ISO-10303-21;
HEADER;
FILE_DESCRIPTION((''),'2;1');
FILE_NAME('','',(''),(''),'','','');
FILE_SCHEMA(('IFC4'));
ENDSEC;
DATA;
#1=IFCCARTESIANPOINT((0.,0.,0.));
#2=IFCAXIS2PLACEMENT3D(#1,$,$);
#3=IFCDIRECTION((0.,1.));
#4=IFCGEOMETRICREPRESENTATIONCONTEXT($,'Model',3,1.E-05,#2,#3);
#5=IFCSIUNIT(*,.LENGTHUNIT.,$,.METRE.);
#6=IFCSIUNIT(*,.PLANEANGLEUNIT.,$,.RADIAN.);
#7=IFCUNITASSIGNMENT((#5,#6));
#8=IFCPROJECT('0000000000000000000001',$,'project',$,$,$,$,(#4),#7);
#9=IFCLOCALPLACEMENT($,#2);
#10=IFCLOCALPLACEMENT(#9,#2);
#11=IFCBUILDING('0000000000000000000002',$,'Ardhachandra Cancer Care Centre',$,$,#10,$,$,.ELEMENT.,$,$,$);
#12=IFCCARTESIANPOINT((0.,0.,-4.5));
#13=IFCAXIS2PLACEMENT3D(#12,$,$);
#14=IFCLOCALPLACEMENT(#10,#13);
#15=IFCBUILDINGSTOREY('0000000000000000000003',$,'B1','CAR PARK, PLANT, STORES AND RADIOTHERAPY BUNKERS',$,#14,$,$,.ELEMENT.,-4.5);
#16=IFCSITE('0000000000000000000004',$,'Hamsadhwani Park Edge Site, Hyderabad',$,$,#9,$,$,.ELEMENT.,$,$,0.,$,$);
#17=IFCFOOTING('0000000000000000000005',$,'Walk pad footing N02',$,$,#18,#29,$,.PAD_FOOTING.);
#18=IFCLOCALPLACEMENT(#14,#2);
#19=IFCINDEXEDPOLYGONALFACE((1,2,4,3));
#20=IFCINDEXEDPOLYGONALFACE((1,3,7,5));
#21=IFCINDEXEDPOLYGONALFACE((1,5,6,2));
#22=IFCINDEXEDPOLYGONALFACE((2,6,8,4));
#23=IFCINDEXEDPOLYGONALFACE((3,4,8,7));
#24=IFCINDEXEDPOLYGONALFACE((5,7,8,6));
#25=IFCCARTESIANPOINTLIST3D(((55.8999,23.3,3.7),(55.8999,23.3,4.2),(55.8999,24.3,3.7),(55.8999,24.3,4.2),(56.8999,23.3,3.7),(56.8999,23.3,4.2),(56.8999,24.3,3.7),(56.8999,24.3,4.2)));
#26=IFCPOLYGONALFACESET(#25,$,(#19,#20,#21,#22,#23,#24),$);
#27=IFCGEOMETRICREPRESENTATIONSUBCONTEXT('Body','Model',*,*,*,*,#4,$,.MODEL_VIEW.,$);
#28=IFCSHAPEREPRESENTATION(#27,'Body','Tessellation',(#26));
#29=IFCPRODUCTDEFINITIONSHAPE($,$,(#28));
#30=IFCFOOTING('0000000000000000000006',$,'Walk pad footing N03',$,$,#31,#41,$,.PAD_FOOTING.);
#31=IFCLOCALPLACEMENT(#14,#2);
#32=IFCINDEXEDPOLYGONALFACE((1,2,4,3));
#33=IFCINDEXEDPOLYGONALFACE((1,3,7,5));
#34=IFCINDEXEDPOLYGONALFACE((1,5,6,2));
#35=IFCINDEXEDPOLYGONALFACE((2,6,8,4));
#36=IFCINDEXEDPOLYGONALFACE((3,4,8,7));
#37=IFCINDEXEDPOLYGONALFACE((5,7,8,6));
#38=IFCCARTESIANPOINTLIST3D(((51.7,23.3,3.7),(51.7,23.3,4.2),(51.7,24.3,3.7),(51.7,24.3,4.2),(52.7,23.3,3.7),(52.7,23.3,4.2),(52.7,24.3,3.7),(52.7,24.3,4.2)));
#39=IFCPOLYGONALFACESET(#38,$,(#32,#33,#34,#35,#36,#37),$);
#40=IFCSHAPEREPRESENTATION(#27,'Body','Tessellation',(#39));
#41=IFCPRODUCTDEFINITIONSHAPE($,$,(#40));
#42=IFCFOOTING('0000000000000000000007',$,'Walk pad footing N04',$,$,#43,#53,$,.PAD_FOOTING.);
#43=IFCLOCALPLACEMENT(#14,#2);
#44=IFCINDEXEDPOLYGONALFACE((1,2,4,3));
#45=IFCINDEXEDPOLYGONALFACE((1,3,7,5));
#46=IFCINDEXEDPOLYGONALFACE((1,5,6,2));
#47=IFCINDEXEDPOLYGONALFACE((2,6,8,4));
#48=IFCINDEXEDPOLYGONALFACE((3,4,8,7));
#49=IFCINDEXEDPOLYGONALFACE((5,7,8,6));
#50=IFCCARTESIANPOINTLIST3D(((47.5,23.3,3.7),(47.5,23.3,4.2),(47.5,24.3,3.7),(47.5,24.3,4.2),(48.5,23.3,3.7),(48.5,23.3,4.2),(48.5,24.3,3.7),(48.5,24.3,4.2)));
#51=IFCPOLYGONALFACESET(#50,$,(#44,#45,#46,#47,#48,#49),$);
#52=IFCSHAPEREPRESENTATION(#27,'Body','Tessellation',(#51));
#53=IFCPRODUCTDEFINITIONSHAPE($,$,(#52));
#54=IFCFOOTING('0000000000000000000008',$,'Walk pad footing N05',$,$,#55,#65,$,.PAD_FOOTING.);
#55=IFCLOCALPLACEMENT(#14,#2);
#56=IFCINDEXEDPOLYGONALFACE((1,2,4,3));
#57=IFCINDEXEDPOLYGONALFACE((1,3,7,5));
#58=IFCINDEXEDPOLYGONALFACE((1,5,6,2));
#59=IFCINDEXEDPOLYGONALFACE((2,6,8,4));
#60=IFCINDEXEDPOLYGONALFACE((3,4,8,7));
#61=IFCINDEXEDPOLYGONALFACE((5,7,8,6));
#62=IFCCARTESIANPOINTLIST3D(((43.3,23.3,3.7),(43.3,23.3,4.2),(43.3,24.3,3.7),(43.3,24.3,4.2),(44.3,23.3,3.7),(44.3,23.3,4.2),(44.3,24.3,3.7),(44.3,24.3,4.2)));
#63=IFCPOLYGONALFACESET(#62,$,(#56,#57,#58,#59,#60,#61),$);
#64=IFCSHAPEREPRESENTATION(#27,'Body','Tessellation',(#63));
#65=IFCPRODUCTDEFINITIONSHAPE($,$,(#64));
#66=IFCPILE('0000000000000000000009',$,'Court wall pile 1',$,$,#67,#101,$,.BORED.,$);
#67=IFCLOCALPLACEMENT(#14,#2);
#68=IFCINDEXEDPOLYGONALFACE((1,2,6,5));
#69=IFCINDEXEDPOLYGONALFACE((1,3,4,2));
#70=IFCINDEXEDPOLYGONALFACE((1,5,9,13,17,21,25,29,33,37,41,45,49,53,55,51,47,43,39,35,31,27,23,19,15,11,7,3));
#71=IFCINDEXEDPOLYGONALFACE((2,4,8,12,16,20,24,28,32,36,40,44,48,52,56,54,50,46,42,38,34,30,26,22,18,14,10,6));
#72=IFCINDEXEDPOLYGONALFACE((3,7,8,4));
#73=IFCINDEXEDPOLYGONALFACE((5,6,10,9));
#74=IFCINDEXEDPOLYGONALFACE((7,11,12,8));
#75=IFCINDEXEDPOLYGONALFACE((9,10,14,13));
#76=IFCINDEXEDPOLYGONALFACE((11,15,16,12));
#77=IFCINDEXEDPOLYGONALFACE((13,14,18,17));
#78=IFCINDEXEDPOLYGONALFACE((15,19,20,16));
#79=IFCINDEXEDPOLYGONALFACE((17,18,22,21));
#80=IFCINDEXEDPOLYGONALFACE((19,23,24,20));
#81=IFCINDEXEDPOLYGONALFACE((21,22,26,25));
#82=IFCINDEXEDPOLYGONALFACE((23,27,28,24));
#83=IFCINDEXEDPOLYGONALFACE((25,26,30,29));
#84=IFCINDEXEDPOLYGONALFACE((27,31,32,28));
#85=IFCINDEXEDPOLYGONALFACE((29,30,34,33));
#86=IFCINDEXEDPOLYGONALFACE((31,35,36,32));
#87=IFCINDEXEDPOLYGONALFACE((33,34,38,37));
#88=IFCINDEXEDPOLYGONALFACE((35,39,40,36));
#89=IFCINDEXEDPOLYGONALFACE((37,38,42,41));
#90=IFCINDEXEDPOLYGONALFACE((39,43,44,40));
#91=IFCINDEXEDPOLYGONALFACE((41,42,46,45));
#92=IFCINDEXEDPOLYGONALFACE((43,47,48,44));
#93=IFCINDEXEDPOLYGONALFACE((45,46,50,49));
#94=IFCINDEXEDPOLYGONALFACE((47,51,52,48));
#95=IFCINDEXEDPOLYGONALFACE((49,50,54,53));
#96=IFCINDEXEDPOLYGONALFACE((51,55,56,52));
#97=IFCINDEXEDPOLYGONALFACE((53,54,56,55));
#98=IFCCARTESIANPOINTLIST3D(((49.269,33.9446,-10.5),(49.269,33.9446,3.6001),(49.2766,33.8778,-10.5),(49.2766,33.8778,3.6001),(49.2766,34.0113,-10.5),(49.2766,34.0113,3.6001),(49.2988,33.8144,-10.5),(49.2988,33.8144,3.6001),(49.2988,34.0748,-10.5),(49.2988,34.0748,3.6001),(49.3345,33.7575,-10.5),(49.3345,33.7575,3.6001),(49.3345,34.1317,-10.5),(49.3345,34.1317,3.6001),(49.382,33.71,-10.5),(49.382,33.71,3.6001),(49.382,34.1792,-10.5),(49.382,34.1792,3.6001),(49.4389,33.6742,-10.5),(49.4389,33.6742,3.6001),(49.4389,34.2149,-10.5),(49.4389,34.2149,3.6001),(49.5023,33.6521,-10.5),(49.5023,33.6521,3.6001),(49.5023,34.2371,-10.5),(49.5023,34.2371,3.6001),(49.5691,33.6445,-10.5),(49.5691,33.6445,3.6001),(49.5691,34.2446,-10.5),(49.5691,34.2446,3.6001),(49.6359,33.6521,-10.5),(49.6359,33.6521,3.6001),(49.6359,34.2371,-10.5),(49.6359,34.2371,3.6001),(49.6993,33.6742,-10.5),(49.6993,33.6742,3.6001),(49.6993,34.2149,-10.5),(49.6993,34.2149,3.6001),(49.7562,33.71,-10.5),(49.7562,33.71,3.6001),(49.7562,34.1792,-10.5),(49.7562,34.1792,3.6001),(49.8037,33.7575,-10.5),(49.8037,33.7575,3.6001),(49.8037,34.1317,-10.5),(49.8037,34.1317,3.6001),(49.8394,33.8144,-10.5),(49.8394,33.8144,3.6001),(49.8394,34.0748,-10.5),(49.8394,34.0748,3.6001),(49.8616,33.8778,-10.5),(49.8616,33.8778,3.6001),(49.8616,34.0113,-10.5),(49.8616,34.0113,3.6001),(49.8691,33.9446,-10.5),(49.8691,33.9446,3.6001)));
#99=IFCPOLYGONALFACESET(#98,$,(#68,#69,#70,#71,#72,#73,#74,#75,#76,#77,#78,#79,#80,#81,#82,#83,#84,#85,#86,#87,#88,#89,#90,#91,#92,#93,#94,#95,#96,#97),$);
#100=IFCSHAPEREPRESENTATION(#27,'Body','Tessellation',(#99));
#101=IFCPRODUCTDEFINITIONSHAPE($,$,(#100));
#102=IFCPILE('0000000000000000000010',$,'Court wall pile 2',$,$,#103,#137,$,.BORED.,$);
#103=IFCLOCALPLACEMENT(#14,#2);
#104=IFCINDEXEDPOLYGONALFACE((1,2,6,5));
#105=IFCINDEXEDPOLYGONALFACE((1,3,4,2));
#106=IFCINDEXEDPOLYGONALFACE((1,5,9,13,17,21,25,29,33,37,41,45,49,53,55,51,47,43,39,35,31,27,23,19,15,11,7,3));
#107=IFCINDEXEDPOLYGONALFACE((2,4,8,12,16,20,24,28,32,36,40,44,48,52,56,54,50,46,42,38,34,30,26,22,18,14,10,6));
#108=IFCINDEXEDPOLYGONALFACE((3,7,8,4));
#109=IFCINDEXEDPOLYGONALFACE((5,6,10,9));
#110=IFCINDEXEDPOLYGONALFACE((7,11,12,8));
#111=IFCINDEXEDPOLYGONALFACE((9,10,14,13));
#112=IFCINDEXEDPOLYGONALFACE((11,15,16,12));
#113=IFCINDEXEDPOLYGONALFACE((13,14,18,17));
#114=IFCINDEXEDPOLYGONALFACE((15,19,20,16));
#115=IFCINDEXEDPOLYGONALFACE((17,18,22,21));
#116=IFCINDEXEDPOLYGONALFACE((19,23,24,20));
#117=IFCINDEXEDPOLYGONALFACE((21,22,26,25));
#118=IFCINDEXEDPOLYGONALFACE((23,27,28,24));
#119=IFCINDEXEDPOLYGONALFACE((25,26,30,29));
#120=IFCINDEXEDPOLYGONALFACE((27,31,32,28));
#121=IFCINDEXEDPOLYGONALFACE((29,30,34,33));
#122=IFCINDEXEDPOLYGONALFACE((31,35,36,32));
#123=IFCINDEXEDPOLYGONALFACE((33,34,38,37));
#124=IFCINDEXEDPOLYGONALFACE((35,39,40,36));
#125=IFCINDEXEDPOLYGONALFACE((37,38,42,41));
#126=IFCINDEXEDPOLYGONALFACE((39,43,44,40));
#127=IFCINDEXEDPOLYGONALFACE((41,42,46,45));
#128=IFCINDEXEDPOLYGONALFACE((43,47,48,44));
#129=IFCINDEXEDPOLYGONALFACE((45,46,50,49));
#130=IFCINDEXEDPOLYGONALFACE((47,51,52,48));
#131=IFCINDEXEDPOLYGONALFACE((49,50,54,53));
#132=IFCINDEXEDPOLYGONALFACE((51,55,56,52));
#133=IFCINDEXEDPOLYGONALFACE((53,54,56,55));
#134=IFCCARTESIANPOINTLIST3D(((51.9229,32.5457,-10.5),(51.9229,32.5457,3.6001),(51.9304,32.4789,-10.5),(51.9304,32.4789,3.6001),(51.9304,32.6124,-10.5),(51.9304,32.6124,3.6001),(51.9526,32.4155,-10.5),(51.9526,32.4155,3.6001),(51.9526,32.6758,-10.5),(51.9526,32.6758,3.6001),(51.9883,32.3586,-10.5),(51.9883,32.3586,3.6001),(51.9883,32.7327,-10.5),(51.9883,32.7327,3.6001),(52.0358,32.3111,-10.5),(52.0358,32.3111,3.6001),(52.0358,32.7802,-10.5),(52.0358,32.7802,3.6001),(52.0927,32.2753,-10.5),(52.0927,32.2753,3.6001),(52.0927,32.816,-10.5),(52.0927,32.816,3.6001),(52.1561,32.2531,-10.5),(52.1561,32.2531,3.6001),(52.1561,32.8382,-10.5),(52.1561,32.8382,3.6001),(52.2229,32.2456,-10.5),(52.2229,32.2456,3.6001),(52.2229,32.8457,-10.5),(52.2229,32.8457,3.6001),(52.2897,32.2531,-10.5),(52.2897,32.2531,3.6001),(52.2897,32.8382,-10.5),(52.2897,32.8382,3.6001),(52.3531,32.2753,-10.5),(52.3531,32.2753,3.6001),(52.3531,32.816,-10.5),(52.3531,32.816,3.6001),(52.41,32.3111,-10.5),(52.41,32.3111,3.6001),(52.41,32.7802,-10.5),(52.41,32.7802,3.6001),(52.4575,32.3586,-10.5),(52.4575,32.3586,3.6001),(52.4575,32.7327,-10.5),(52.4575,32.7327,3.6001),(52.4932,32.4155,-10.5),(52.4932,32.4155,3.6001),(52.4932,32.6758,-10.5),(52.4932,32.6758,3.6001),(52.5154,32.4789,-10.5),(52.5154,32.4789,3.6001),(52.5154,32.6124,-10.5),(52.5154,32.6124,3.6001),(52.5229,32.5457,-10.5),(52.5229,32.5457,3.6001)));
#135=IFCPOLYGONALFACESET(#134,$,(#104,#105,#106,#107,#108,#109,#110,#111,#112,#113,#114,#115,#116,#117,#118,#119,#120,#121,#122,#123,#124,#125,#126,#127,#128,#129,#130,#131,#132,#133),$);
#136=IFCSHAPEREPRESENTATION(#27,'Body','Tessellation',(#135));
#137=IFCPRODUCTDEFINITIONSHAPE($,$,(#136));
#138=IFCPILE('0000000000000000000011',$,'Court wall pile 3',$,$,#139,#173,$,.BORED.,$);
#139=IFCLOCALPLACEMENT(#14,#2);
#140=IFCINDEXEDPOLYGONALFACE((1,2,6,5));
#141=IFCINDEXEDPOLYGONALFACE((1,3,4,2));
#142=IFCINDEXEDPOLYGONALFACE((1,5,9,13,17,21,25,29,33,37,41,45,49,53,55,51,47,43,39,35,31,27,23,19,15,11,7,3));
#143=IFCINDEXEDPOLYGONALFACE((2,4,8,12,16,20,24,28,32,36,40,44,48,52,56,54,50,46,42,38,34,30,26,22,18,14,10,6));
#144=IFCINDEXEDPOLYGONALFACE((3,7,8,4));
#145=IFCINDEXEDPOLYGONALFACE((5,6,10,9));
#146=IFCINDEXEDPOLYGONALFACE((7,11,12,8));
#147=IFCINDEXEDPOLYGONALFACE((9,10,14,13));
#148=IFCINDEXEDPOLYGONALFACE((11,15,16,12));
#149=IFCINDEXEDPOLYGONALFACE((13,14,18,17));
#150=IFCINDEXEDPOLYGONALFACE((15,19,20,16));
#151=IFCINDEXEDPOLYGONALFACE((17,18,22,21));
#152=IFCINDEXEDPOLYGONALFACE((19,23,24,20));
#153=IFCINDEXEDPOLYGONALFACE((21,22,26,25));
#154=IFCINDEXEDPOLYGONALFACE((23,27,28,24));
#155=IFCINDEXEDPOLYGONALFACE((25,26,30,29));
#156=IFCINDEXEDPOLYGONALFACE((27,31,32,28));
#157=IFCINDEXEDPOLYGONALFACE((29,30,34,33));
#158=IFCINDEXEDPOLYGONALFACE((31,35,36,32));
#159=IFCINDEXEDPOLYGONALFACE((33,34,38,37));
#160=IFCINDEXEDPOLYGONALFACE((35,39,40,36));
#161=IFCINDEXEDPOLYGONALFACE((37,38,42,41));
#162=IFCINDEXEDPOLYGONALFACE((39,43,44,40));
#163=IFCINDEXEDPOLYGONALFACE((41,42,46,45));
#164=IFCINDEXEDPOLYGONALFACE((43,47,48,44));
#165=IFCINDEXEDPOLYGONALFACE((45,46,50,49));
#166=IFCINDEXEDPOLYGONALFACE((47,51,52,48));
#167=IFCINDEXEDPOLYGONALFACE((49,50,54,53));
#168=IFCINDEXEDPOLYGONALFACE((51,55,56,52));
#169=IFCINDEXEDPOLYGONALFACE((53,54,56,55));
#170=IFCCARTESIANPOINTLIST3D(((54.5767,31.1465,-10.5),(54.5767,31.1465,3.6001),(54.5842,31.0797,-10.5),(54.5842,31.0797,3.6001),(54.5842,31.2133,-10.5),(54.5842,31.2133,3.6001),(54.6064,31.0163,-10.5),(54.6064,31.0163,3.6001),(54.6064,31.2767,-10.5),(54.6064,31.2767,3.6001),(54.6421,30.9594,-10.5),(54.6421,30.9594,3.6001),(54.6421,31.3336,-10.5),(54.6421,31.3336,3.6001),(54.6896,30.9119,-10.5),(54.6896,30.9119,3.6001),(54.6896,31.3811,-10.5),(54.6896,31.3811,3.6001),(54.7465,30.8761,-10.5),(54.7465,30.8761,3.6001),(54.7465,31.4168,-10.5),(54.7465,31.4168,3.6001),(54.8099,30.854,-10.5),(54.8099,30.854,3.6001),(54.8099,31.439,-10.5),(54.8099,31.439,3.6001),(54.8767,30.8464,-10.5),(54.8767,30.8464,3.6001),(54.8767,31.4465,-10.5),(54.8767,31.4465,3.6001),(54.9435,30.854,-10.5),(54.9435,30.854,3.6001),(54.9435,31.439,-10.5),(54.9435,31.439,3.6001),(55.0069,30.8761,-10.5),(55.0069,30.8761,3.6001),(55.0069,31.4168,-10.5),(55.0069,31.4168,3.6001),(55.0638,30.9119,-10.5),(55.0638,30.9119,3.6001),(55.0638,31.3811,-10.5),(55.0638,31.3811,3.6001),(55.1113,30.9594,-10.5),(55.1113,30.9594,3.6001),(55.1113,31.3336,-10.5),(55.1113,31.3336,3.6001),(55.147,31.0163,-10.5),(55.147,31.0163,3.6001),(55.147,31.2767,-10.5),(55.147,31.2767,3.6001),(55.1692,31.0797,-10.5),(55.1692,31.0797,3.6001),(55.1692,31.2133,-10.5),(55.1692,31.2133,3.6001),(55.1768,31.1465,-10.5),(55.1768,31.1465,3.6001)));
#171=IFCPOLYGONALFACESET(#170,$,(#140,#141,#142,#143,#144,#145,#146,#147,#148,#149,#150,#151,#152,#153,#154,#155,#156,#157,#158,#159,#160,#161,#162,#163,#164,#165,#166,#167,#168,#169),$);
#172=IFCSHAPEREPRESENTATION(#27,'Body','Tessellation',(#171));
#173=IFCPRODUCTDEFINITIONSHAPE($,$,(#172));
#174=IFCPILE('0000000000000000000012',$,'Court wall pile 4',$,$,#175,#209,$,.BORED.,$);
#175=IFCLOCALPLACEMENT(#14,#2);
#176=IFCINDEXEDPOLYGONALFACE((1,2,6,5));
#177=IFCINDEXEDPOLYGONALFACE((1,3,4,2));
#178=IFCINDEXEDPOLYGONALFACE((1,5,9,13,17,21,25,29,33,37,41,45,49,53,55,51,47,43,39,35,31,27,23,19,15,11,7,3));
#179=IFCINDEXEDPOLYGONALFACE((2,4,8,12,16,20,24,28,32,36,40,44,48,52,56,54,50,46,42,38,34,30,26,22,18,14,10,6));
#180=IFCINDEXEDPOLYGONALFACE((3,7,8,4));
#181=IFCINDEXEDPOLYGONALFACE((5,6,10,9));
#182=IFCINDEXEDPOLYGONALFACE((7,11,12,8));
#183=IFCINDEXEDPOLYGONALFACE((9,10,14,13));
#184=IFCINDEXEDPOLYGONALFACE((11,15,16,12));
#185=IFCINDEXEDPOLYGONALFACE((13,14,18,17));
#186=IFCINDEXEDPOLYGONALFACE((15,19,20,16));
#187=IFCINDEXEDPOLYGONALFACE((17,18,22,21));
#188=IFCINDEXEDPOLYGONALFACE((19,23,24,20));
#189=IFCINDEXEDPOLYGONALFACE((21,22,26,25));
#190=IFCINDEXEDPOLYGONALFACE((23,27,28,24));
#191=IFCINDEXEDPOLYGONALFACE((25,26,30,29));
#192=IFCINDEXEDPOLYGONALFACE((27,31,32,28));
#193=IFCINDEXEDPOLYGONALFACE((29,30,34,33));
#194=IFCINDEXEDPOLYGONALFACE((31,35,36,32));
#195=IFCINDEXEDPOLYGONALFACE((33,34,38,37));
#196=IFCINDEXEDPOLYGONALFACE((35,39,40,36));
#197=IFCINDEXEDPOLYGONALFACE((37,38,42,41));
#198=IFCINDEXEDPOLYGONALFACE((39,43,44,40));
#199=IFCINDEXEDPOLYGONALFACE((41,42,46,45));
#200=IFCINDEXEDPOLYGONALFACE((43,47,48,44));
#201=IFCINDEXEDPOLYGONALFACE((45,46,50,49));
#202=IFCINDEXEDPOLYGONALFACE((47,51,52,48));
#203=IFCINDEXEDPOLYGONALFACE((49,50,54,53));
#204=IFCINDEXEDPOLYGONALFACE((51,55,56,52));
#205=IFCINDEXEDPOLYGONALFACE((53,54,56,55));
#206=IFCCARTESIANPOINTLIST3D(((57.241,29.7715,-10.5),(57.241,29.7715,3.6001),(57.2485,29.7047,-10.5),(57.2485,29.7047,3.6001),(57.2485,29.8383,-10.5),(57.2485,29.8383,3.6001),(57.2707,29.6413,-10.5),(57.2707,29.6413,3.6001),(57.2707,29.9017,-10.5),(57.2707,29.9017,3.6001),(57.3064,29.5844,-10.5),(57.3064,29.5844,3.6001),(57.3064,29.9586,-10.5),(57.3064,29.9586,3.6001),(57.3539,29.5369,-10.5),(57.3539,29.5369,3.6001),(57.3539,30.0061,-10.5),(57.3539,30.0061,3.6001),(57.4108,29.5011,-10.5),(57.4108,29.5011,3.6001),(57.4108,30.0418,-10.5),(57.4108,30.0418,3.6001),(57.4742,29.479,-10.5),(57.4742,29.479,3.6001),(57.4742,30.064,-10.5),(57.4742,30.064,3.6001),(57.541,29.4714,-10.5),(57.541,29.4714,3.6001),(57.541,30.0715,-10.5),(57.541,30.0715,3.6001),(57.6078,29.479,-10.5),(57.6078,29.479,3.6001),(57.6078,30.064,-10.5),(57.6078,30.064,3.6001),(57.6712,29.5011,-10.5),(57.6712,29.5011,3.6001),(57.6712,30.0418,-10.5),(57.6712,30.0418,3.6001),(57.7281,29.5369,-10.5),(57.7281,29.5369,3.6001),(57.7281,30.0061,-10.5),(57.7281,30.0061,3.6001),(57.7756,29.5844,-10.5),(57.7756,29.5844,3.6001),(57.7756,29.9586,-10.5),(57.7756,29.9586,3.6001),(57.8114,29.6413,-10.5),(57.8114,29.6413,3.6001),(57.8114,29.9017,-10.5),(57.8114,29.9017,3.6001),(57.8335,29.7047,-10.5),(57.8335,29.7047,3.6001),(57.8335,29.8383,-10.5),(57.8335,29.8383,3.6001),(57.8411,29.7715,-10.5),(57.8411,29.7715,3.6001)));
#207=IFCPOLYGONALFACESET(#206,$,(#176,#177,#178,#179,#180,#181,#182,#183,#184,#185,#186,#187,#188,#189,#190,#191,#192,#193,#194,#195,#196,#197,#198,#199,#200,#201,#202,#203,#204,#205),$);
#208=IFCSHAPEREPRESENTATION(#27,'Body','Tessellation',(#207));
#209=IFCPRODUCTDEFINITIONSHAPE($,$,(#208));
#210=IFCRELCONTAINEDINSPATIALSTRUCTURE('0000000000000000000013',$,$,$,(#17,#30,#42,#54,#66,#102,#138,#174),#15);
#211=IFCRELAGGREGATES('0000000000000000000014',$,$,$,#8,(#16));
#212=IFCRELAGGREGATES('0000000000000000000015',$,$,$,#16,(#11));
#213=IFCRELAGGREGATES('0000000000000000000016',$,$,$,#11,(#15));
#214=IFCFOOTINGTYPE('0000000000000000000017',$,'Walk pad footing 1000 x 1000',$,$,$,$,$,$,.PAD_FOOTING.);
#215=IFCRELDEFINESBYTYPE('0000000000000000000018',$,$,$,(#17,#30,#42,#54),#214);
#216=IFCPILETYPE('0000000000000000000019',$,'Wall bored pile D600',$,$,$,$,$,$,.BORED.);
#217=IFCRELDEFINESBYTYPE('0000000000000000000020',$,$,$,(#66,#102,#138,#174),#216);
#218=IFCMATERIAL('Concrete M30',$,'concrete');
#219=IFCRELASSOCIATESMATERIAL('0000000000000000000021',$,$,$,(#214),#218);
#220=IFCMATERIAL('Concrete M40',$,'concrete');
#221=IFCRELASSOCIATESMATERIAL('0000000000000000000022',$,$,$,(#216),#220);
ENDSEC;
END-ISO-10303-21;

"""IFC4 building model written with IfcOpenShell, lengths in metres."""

from ifc_helpers import new_model, si_unit, direction, frame, origin, origin_2d, place, context, subcontext, project, spatial, rectangle, circle, extrude, material, material_profile, profile_set, type_object, element, save


model = new_model("IFC4")

# Units and contexts
model_context = context("Model", 3, precision=1e-05, world=origin(), true_north=direction((0.0, 1.0)))
body_context = subcontext(model_context, "Body", "Model", "MODEL_VIEW")
ifc_project = project(units=[si_unit("LENGTHUNIT", "METRE"), si_unit("PLANEANGLEUNIT", "RADIAN")], contexts=[model_context])

# Site, building, storey
site_placement = place(None, origin())
site = spatial("IfcSite", under=ifc_project, at=site_placement, Name="Hamsadhwani Park Edge Site, Hyderabad", CompositionType="ELEMENT", RefElevation=0.0)
building_placement = place(site_placement, origin())
building = spatial("IfcBuilding", under=site, at=building_placement, Name="Ardhachandra Cancer Care Centre", CompositionType="ELEMENT")
storey_placement = place(building_placement, frame((0.0, 0.0, -4.5)))
storey = spatial("IfcBuildingStorey", under=building, at=storey_placement, Name="B1", Description="CAR PARK, PLANT, STORES AND RADIOTHERAPY BUNKERS", CompositionType="ELEMENT", Elevation=-4.5)

# Footings
ifc_material_1 = material(Name="Concrete M30", Category="concrete")
footing_type_1 = type_object("IfcFootingType", Name="Walk pad footing 1000 x 1000", PredefinedType="PAD_FOOTING", material=ifc_material_1)
for number, where, z_axis, x_axis, name in (
    (1, (56.3999, 23.8, 3.7), (0.0, 0.0, 1.0), (1.0, 0.0, 0.0), "Walk pad footing N02"),
    (2, (52.2, 23.8, 3.7), (0.0, 0.0, 1.0), (1.0, 0.0, 0.0), "Walk pad footing N03"),
    (3, (48.0, 23.8, 3.7), (0.0, 0.0, 1.0), (1.0, 0.0, 0.0), "Walk pad footing N04"),
    (4, (43.8, 23.8, 3.7), (0.0, 0.0, 1.0), (1.0, 0.0, 0.0), "Walk pad footing N05"),
):
    element("IfcFooting", number, at=place(storey_placement, frame(where, z_axis=z_axis, x_axis=x_axis)), inside=storey, type_object=footing_type_1, Name=name, PredefinedType="PAD_FOOTING", context=body_context, shape_type="SweptSolid", body=[
        extrude(rectangle(XDim=1.0, YDim=1.0, at=origin_2d()), origin(), (0.0, 0.0, 1.0), 0.5),
    ])

# Piles
ifc_material_2 = material(Name="Concrete M40", Category="concrete")
ifc_material_profile_1 = material_profile(ifc_material_2, circle(Radius=0.3, at=origin_2d()), Name="D600")
ifc_profile_set_1 = profile_set([ifc_material_profile_1], Name="Concrete M40")
pile_type_1 = type_object("IfcPileType", Name="Wall bored pile D600", PredefinedType="BORED", material=ifc_profile_set_1)
for number, where, z_axis, x_axis, name in (
    (5, (49.5691, 33.9446, 3.6001), (0.0, 0.0, -1.0), (1.0, 0.0, 0.0), "Court wall pile 1"),
    (6, (52.2229, 32.5457, 3.6001), (0.0, 0.0, -1.0), (1.0, 0.0, 0.0), "Court wall pile 2"),
    (7, (54.8767, 31.1465, 3.6001), (0.0, 0.0, -1.0), (1.0, 0.0, 0.0), "Court wall pile 3"),
    (8, (57.541, 29.7715, 3.6001), (0.0, 0.0, -1.0), (1.0, 0.0, 0.0), "Court wall pile 4"),
):
    element("IfcPile", number, at=place(storey_placement, frame(where, z_axis=z_axis, x_axis=x_axis)), inside=storey, type_object=pile_type_1, Name=name, PredefinedType="BORED", context=body_context, shape_type="SweptSolid", body=[
        extrude(circle(Radius=0.3, at=origin_2d()), origin(), (0.0, 0.0, 1.0), 14.1001),
    ])

save(model, "model.ifc")
